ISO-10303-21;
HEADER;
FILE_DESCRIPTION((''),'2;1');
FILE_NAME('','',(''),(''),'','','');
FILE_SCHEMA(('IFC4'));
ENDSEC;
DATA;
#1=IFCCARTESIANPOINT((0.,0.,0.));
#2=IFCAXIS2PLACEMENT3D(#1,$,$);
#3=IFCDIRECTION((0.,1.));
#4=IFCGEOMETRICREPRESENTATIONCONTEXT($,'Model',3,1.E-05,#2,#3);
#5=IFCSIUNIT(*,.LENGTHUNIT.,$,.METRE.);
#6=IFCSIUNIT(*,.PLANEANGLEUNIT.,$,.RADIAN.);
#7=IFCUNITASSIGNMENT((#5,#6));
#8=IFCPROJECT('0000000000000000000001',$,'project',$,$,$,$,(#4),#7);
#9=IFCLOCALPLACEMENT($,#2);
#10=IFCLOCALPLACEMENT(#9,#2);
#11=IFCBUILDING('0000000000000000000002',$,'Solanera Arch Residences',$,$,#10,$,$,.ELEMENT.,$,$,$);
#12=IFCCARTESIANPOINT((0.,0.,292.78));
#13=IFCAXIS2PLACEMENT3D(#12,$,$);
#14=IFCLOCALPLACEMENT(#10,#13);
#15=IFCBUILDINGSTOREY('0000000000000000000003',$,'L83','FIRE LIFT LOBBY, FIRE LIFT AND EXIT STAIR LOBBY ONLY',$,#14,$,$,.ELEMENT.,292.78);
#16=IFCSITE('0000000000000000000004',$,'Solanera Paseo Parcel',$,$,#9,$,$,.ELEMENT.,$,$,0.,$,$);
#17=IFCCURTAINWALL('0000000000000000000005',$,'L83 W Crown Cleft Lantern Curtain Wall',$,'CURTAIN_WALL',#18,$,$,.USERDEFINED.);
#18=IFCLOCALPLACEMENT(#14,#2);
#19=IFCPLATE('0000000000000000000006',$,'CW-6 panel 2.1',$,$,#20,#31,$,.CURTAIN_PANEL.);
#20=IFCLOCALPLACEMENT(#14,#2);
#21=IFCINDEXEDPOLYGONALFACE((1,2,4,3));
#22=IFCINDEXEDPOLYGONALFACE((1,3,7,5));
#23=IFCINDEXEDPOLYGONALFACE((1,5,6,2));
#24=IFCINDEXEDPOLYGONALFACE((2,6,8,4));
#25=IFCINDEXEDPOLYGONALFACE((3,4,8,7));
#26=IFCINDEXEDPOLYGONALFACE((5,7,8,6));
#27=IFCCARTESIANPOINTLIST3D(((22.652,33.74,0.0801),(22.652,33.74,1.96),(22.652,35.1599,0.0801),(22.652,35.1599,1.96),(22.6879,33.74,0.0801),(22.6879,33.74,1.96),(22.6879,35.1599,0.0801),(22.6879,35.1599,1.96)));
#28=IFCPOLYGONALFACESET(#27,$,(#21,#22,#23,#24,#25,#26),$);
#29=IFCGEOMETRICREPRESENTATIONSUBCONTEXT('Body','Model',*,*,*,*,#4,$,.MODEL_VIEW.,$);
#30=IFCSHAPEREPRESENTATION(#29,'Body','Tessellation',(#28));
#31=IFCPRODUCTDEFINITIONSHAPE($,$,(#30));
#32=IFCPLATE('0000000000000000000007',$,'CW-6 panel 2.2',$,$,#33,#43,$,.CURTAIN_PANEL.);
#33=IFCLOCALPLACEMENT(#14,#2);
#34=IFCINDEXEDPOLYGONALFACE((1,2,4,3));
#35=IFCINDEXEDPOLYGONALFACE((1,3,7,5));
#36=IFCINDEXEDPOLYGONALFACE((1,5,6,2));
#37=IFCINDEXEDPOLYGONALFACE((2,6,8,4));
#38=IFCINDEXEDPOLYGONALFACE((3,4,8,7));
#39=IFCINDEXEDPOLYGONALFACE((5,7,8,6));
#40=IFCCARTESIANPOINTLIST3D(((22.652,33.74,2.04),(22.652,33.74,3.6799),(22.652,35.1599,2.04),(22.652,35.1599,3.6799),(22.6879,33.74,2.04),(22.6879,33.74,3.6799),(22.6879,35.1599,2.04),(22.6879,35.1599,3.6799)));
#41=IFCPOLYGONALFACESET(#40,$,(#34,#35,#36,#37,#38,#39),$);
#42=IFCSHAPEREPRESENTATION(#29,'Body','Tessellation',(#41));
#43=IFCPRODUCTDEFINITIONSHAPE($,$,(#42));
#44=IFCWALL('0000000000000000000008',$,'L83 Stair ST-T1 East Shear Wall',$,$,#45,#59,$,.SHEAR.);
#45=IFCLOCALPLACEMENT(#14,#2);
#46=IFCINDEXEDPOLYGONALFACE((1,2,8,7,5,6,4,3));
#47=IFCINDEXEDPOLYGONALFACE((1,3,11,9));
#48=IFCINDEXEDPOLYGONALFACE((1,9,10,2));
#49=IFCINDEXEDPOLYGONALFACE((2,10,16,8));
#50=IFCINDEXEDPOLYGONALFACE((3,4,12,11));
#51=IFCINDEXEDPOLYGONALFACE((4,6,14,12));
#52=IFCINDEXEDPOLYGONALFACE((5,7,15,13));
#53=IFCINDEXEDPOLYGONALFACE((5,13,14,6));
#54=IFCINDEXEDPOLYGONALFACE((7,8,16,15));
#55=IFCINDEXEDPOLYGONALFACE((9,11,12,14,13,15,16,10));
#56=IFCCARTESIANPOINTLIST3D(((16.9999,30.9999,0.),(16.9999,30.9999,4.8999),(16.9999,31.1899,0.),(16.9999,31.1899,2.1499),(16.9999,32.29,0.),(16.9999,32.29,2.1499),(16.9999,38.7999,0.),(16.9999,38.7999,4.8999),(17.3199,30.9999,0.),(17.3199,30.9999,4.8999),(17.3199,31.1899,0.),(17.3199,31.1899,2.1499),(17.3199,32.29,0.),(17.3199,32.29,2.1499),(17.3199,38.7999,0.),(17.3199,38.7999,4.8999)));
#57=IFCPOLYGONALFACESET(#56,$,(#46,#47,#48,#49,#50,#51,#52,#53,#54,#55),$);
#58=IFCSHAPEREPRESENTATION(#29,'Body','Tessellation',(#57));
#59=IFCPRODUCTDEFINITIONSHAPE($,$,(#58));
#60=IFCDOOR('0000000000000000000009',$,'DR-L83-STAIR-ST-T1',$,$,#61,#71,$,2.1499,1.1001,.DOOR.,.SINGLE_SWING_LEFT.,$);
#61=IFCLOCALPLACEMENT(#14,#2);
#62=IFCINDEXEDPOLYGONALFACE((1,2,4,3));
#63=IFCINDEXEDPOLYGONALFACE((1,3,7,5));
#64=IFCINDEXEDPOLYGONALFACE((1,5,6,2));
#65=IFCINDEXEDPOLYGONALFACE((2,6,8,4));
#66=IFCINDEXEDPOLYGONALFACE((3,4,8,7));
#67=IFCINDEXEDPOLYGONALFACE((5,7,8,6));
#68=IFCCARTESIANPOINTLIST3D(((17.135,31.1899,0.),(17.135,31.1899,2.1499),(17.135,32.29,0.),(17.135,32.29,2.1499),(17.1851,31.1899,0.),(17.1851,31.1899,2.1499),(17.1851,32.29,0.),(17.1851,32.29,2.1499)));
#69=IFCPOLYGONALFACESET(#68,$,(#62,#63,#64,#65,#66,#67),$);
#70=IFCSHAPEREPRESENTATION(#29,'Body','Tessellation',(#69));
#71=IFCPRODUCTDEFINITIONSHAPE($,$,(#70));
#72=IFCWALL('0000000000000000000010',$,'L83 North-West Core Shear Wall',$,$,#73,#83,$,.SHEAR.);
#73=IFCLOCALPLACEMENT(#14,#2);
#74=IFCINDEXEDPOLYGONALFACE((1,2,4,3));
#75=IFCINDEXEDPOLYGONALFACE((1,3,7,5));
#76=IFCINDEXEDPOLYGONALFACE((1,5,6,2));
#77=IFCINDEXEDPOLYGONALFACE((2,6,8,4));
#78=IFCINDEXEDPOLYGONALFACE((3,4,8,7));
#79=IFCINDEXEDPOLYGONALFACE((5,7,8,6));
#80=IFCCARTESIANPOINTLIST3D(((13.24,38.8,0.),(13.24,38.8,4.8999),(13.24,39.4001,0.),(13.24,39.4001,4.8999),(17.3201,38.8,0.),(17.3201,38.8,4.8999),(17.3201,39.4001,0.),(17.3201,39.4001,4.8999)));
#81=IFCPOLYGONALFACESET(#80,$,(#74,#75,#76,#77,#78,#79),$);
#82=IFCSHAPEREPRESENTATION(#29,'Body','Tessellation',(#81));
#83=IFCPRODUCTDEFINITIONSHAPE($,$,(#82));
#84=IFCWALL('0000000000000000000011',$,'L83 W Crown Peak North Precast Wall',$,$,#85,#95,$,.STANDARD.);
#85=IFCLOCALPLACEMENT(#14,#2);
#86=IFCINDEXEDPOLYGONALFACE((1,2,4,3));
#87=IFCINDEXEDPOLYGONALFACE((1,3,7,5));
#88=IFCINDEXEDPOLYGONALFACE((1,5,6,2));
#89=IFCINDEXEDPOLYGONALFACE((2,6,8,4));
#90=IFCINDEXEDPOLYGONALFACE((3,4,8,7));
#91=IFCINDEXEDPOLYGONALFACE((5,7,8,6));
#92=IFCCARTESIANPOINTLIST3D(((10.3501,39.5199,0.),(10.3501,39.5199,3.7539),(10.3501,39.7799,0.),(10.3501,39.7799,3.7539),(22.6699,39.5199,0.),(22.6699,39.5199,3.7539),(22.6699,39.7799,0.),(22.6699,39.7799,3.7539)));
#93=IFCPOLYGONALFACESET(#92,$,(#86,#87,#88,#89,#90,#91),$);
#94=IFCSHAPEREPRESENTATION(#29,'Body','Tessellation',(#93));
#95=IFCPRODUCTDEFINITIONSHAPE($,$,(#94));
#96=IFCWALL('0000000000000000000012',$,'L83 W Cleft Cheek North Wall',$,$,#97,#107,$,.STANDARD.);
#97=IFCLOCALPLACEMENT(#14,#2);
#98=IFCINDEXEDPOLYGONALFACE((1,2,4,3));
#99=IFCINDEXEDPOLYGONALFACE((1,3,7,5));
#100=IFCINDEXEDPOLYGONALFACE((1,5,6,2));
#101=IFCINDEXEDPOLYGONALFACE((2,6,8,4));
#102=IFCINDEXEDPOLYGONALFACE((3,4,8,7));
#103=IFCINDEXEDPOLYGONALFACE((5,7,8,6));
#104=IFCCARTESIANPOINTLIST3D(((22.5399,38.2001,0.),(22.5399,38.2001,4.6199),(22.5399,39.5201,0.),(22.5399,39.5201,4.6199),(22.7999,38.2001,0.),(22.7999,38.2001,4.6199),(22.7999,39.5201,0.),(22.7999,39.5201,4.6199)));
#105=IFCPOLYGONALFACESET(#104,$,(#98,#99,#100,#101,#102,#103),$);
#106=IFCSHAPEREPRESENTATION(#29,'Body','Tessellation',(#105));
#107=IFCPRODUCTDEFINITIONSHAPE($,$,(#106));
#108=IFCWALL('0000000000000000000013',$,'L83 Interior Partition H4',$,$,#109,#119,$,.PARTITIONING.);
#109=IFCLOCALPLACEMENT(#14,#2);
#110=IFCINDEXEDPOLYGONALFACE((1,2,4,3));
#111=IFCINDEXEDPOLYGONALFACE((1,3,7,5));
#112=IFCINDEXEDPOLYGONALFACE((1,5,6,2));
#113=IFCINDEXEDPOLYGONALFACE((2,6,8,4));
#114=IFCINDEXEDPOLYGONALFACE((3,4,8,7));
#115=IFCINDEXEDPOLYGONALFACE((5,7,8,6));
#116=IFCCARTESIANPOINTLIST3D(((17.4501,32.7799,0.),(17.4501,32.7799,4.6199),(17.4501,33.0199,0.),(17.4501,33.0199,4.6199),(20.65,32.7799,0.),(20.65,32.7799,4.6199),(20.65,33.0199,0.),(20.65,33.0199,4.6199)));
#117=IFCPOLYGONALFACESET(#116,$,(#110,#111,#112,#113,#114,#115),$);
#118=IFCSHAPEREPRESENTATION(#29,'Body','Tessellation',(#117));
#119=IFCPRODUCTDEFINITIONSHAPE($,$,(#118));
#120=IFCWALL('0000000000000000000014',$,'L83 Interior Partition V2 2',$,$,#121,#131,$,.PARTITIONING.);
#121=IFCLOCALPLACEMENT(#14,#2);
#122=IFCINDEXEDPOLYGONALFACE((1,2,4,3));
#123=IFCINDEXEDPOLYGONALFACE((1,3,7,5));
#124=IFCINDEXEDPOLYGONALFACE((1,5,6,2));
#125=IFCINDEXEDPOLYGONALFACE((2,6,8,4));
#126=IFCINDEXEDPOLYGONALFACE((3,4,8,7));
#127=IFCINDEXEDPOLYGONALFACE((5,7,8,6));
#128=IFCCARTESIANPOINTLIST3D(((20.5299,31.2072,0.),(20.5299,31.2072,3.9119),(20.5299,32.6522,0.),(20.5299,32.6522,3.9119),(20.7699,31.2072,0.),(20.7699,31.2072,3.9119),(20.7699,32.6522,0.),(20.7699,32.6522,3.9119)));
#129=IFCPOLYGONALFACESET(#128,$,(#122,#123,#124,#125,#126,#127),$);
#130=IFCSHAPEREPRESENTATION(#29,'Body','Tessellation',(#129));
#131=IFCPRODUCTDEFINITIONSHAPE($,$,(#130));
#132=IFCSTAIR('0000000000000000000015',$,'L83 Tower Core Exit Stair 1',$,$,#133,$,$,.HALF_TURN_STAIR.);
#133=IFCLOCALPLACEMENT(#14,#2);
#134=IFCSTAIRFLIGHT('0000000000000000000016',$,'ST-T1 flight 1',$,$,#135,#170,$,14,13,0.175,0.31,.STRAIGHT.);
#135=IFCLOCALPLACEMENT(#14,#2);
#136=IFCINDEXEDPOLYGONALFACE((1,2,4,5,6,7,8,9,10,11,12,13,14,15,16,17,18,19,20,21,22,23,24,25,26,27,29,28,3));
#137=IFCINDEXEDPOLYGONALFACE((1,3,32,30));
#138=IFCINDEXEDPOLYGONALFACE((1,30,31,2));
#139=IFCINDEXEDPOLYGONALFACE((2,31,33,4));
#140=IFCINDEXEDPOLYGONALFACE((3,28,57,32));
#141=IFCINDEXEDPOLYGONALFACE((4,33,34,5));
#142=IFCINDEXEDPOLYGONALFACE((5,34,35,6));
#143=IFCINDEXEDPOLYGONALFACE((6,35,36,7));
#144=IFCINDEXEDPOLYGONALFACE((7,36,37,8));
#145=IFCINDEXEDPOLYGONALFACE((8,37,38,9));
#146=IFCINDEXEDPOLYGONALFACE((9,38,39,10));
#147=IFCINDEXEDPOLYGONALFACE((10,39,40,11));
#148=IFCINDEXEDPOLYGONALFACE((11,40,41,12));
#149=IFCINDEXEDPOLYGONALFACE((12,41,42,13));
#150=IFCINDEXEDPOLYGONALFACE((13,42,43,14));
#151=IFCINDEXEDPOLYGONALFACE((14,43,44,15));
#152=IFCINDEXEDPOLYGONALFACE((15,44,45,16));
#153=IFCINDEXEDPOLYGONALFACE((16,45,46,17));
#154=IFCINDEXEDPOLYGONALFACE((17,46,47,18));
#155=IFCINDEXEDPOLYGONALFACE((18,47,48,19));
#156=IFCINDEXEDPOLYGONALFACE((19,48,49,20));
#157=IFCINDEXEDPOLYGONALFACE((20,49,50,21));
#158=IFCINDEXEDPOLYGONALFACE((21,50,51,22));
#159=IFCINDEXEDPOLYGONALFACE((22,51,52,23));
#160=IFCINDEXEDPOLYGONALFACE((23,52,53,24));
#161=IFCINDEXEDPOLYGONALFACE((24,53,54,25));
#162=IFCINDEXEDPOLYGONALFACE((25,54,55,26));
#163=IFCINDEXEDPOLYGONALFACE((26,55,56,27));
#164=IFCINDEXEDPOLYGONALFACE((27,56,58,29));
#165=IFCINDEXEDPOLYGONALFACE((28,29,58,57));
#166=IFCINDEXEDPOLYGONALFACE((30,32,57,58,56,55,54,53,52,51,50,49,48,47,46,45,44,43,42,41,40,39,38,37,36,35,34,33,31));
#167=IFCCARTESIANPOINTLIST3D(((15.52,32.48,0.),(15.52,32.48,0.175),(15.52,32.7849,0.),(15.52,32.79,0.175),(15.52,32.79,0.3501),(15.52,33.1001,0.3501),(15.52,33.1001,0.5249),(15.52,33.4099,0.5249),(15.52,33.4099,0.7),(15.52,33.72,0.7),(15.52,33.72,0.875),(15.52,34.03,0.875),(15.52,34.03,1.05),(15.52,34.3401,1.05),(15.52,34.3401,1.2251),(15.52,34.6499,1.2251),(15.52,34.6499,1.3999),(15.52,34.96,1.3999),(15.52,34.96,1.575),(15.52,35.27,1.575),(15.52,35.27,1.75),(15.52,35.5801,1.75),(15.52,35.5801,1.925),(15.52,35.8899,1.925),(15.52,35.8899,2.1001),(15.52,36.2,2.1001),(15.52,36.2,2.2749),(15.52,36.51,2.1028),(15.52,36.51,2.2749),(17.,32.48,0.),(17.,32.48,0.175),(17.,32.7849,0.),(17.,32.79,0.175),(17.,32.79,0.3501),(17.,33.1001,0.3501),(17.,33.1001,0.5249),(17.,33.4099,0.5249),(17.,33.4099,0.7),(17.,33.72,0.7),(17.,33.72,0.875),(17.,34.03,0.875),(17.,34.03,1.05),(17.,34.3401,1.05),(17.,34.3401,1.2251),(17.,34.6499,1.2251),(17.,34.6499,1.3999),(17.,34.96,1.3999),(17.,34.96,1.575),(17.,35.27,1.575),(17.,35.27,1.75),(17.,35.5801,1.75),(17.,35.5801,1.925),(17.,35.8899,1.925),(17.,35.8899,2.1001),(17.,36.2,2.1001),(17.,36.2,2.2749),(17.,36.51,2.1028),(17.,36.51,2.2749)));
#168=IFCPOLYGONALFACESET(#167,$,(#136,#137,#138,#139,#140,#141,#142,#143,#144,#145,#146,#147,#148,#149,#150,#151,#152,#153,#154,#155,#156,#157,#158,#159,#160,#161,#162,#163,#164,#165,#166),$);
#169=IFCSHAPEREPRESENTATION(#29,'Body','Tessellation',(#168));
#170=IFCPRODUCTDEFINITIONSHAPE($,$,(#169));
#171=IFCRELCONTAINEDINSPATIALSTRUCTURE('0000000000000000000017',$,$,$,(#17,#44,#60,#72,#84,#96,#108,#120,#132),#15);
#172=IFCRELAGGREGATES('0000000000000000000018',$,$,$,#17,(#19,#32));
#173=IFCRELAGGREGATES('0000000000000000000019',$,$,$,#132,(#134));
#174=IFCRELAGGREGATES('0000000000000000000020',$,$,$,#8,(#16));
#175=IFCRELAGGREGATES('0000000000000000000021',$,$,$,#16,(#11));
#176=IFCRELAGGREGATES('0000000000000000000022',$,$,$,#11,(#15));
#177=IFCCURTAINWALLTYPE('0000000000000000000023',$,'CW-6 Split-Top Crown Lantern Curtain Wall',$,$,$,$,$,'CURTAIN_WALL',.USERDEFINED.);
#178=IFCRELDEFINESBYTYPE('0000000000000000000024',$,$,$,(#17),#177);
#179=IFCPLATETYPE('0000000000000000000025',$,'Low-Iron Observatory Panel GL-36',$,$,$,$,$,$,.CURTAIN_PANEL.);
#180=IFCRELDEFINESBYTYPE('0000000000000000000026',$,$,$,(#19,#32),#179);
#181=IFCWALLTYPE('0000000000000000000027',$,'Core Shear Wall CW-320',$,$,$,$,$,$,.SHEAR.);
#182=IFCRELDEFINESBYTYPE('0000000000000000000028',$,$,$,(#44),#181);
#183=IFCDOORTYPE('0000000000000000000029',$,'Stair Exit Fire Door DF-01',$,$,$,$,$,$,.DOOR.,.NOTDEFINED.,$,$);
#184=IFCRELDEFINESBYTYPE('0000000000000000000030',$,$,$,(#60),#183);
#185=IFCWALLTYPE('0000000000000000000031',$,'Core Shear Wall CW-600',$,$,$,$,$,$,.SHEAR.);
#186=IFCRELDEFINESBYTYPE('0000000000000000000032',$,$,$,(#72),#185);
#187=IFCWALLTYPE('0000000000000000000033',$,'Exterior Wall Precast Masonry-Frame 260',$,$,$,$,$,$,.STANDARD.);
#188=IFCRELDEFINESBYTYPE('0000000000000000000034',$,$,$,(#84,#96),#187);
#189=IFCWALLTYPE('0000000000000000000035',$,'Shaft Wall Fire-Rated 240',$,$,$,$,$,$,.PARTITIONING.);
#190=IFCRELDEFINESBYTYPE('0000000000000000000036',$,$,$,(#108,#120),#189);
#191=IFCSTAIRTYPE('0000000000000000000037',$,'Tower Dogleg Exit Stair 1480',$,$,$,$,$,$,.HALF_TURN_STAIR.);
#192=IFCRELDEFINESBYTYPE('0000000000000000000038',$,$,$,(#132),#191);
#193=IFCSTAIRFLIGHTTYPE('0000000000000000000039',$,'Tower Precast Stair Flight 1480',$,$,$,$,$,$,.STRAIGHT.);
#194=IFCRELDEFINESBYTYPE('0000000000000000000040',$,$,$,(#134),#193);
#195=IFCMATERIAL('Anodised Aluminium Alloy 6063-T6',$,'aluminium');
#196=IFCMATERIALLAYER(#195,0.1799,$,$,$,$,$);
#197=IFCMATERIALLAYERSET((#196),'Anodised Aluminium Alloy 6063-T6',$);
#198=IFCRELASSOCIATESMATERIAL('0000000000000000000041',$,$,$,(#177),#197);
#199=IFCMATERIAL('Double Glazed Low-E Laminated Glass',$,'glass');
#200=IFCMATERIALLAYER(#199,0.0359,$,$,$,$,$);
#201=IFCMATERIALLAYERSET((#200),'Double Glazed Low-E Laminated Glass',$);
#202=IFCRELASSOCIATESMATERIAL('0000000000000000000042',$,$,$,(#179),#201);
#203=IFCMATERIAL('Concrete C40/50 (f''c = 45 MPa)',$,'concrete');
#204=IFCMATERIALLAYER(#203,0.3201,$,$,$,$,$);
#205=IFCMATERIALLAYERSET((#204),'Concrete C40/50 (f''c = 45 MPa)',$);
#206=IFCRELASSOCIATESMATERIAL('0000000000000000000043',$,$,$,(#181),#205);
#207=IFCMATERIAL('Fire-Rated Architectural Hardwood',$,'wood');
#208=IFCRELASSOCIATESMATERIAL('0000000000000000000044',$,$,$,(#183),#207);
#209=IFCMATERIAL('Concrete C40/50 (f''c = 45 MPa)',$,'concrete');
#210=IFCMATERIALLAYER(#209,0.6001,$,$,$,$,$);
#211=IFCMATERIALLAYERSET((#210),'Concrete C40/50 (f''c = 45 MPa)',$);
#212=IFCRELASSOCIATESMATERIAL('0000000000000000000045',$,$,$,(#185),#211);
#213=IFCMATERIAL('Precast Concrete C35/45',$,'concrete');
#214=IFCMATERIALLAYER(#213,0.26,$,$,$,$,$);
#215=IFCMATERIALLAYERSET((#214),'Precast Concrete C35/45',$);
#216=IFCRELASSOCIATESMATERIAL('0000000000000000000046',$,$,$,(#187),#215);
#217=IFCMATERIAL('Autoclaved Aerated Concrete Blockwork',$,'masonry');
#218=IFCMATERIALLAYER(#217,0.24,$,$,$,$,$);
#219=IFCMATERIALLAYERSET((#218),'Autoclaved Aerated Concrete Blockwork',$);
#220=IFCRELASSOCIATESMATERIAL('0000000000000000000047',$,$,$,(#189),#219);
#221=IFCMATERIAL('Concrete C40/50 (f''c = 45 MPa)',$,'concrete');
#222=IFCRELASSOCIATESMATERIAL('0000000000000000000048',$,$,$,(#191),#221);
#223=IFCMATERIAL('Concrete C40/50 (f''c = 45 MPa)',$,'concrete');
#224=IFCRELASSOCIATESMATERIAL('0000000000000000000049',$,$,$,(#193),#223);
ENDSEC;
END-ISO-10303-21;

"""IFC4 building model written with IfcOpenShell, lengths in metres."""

from ifc_helpers import new_model, si_unit, direction, frame, frame_2d, origin, origin_2d, place, context, subcontext, project, spatial, polyline, rectangle, outline, extrude, material, layer, layer_set, type_object, element, fill, aggregate, save


model = new_model("IFC4")

# Units and contexts
model_context = context("Model", 3, precision=1e-05, world=origin(), true_north=direction((0.0, 1.0)))
body_context = subcontext(model_context, "Body", "Model", "MODEL_VIEW")
ifc_project = project(units=[si_unit("LENGTHUNIT", "METRE"), si_unit("PLANEANGLEUNIT", "RADIAN")], contexts=[model_context])

# Site, building, storey
site_placement = place(None, origin())
site = spatial("IfcSite", under=ifc_project, at=site_placement, Name="Solanera Paseo Parcel", CompositionType="ELEMENT", RefElevation=0.0)
building_placement = place(site_placement, origin())
building = spatial("IfcBuilding", under=site, at=building_placement, Name="Solanera Arch Residences", CompositionType="ELEMENT")
storey_placement = place(building_placement, frame((0.0, 0.0, 292.78)))
storey = spatial("IfcBuildingStorey", under=building, at=storey_placement, Name="L83", Description="FIRE LIFT LOBBY, FIRE LIFT AND EXIT STAIR LOBBY ONLY", CompositionType="ELEMENT", Elevation=292.78)

# Curtain wall
ifc_material_1 = material(Name="Anodised Aluminium Alloy 6063-T6", Category="aluminium")
ifc_layer_1 = layer(ifc_material_1, 0.1799)
ifc_layer_set_1 = layer_set([ifc_layer_1], Name="Anodised Aluminium Alloy 6063-T6")
curtain_wall_type = type_object("IfcCurtainWallType", Name="CW-6 Split-Top Crown Lantern Curtain Wall", ElementType="CURTAIN_WALL", PredefinedType="USERDEFINED", material=ifc_layer_set_1)
curtain_wall_placement = place(storey_placement, origin())
curtain_wall = element("IfcCurtainWall", 1, at=curtain_wall_placement, inside=storey, type_object=curtain_wall_type, Name="L83 W Crown Cleft Lantern Curtain Wall", ObjectType="CURTAIN_WALL", PredefinedType="USERDEFINED")

# Plates
ifc_material_2 = material(Name="Double Glazed Low-E Laminated Glass", Category="glass")
ifc_layer_2 = layer(ifc_material_2, 0.0359)
ifc_layer_set_2 = layer_set([ifc_layer_2], Name="Double Glazed Low-E Laminated Glass")
plate_type = type_object("IfcPlateType", Name="Low-Iron Observatory Panel GL-36", PredefinedType="CURTAIN_PANEL", material=ifc_layer_set_2)
plate_1_placement = place(storey_placement, frame((22.6699, 34.45, 0.0801), z_axis=(0.0, 0.0, 1.0), x_axis=(0.0, 1.0, 0.0)))
plate_1 = element("IfcPlate", 2, at=plate_1_placement, type_object=plate_type, Name="CW-6 panel 2.1", PredefinedType="CURTAIN_PANEL", context=body_context, shape_type="SweptSolid", body=[
    extrude(rectangle(XDim=1.4199, YDim=0.0359, at=origin_2d()), origin(), (0.0, 0.0, 1.0), 1.8799),
])
plate_2_placement = place(storey_placement, frame((22.6699, 34.45, 2.04), z_axis=(0.0, 0.0, 1.0), x_axis=(0.0, 1.0, 0.0)))
plate_2 = element("IfcPlate", 3, at=plate_2_placement, type_object=plate_type, Name="CW-6 panel 2.2", PredefinedType="CURTAIN_PANEL", context=body_context, shape_type="SweptSolid", body=[
    extrude(rectangle(XDim=1.4199, YDim=0.0359, at=origin_2d()), origin(), (0.0, 0.0, 1.0), 1.6399),
])
aggregate(curtain_wall, [plate_1, plate_2])

# Wall, opening, door
ifc_material_3 = material(Name="Concrete C40/50 (f'c = 45 MPa)", Category="concrete")
ifc_layer_3 = layer(ifc_material_3, 0.3201)
ifc_layer_set_3 = layer_set([ifc_layer_3], Name="Concrete C40/50 (f'c = 45 MPa)")
wall_type_1 = type_object("IfcWallType", Name="Core Shear Wall CW-320", PredefinedType="SHEAR", material=ifc_layer_set_3)
wall_1_placement = place(storey_placement, frame((17.1599, 31.0, 0.0), z_axis=(0.0, 0.0, 1.0), x_axis=(0.0, 1.0, 0.0)))
wall_1 = element("IfcWall", 4, at=wall_1_placement, inside=storey, type_object=wall_type_1, Name="L83 Stair ST-T1 East Shear Wall", PredefinedType="SHEAR", context=body_context, shape_type="SweptSolid", body=[
    extrude(rectangle(XDim=7.8, YDim=0.3201, at=frame_2d((3.8999, 0.0))), origin(), (0.0, 0.0, 1.0), 4.8999),
])
opening_placement = place(wall_1_placement, frame((0.1899, 0.0, 0.0)))
opening = element("IfcOpeningElement", 5, at=opening_placement, cuts=wall_1, PredefinedType="OPENING", context=body_context, shape_type="SweptSolid", body=[
    extrude(rectangle(XDim=1.1001, YDim=2.1499, at=frame_2d((0.55, 1.075))), frame((0.0, 0.1699, 0.0), z_axis=(0.0, -1.0, 0.0), x_axis=(1.0, 0.0, 0.0)), (0.0, 0.0, 1.0), 0.3401),
])
ifc_material_4 = material(Name="Fire-Rated Architectural Hardwood", Category="wood")
door_type = type_object("IfcDoorType", Name="Stair Exit Fire Door DF-01", OperationType="NOTDEFINED", PredefinedType="DOOR", material=ifc_material_4)
door_placement = place(opening_placement, origin())
door = element("IfcDoor", 6, at=door_placement, inside=storey, type_object=door_type, Name="DR-L83-STAIR-ST-T1", OperationType="SINGLE_SWING_LEFT", OverallHeight=2.1499, OverallWidth=1.1001, PredefinedType="DOOR", context=body_context, shape_type="SweptSolid", body=[
    extrude(rectangle(XDim=1.1001, YDim=2.1499, at=frame_2d((0.55, 1.075))), frame((0.0, 0.0249, 0.0), z_axis=(0.0, -1.0, 0.0), x_axis=(1.0, 0.0, 0.0)), (0.0, 0.0, 1.0), 0.05),
])
fill(opening, door)

# Walls
ifc_material_5 = material(Name="Concrete C40/50 (f'c = 45 MPa)", Category="concrete")
ifc_layer_4 = layer(ifc_material_5, 0.6001)
ifc_layer_set_4 = layer_set([ifc_layer_4], Name="Concrete C40/50 (f'c = 45 MPa)")
wall_type_2 = type_object("IfcWallType", Name="Core Shear Wall CW-600", PredefinedType="SHEAR", material=ifc_layer_set_4)
wall_2_placement = place(storey_placement, frame((13.24, 39.1001, 0.0), z_axis=(0.0, 0.0, 1.0), x_axis=(1.0, 0.0, 0.0)))
element("IfcWall", 7, at=wall_2_placement, inside=storey, type_object=wall_type_2, Name="L83 North-West Core Shear Wall", PredefinedType="SHEAR", context=body_context, shape_type="SweptSolid", body=[
    extrude(rectangle(XDim=4.0801, YDim=0.6001, at=frame_2d((2.04, 0.0))), origin(), (0.0, 0.0, 1.0), 4.8999),
])
ifc_material_6 = material(Name="Precast Concrete C35/45", Category="concrete")
ifc_layer_5 = layer(ifc_material_6, 0.26)
ifc_layer_set_5 = layer_set([ifc_layer_5], Name="Precast Concrete C35/45")
wall_type_3 = type_object("IfcWallType", Name="Exterior Wall Precast Masonry-Frame 260", PredefinedType="STANDARD", material=ifc_layer_set_5)
wall_3_placement = place(storey_placement, frame((10.3501, 39.6499, 0.0), z_axis=(0.0, 0.0, 1.0), x_axis=(1.0, 0.0, 0.0)))
element("IfcWall", 8, at=wall_3_placement, inside=storey, type_object=wall_type_3, Name="L83 W Crown Peak North Precast Wall", PredefinedType="STANDARD", context=body_context, shape_type="SweptSolid", body=[
    extrude(rectangle(XDim=12.3198, YDim=0.26, at=frame_2d((6.1599, 0.0))), origin(), (0.0, 0.0, 1.0), 3.7539),
])
wall_4_placement = place(storey_placement, frame((22.6699, 38.2, 0.0), z_axis=(0.0, 0.0, 1.0), x_axis=(0.0, 1.0, 0.0)))
element("IfcWall", 9, at=wall_4_placement, inside=storey, type_object=wall_type_3, Name="L83 W Cleft Cheek North Wall", PredefinedType="STANDARD", context=body_context, shape_type="SweptSolid", body=[
    extrude(rectangle(XDim=1.3201, YDim=0.26, at=frame_2d((0.6602, 0.0))), origin(), (0.0, 0.0, 1.0), 4.6199),
])
ifc_material_7 = material(Name="Autoclaved Aerated Concrete Blockwork", Category="masonry")
ifc_layer_6 = layer(ifc_material_7, 0.24)
ifc_layer_set_6 = layer_set([ifc_layer_6], Name="Autoclaved Aerated Concrete Blockwork")
wall_type_4 = type_object("IfcWallType", Name="Shaft Wall Fire-Rated 240", PredefinedType="PARTITIONING", material=ifc_layer_set_6)
wall_5_placement = place(storey_placement, frame((17.45, 32.8999, 0.0), z_axis=(0.0, 0.0, 1.0), x_axis=(1.0, 0.0, 0.0)))
element("IfcWall", 10, at=wall_5_placement, inside=storey, type_object=wall_type_4, Name="L83 Interior Partition H4", PredefinedType="PARTITIONING", context=body_context, shape_type="SweptSolid", body=[
    extrude(rectangle(XDim=3.2, YDim=0.24, at=frame_2d((1.6001, 0.0))), origin(), (0.0, 0.0, 1.0), 4.6199),
])
wall_6_placement = place(storey_placement, frame((20.6499, 31.207, 0.0), z_axis=(0.0, 0.0, 1.0), x_axis=(0.0, 1.0, 0.0)))
element("IfcWall", 11, at=wall_6_placement, inside=storey, type_object=wall_type_4, Name="L83 Interior Partition V2 2", PredefinedType="PARTITIONING", context=body_context, shape_type="SweptSolid", body=[
    extrude(rectangle(XDim=1.4451, YDim=0.24, at=frame_2d((0.7227, 0.0))), origin(), (0.0, 0.0, 1.0), 3.9119),
])

# Stair, stair flight
ifc_material_8 = material(Name="Concrete C40/50 (f'c = 45 MPa)", Category="concrete")
stair_type = type_object("IfcStairType", Name="Tower Dogleg Exit Stair 1480", PredefinedType="HALF_TURN_STAIR", material=ifc_material_8)
stair_placement = place(storey_placement, origin())
stair = element("IfcStair", 12, at=stair_placement, inside=storey, type_object=stair_type, Name="L83 Tower Core Exit Stair 1", PredefinedType="HALF_TURN_STAIR")
ifc_material_9 = material(Name="Concrete C40/50 (f'c = 45 MPa)", Category="concrete")
stair_flight_type = type_object("IfcStairFlightType", Name="Tower Precast Stair Flight 1480", PredefinedType="STRAIGHT", material=ifc_material_9)
stair_flight_1_placement = place(storey_placement, frame((16.26, 32.48, 0.0), z_axis=(0.0, 0.0, 1.0), x_axis=(0.0, 1.0, 0.0)))
stair_flight_1 = element("IfcStairFlight", 13, at=stair_flight_1_placement, type_object=stair_flight_type, Name="ST-T1 flight 1", NumberOfRisers=14, NumberOfTreads=13, PredefinedType="STRAIGHT", RiserHeight=0.175, TreadLength=0.31, context=body_context, shape_type="SweptSolid", body=[
    extrude(outline(polyline([(0.0, 0.0), (0.0, 0.175), (0.3101, 0.175), (0.3101, 0.3501), (0.6201, 0.3501), (0.6201, 0.5249), (0.9299, 0.5249), (0.9299, 0.7), (1.24, 0.7), (1.24, 0.875), (1.55, 0.875), (1.55, 1.05), (1.8601, 1.05), (1.8601, 1.2251), (2.1699, 1.2251), (2.1699, 1.3999), (2.48, 1.3999), (2.48, 1.575), (2.79, 1.575), (2.79, 1.75), (3.1001, 1.75), (3.1001, 1.925), (3.4099, 1.925), (3.4099, 2.1001), (3.72, 2.1001), (3.72, 2.2749), (4.03, 2.2749), (4.03, 2.45), (4.03, 2.1028), (0.3049, 0.0), (0.0, 0.0)])), frame((0.0, 0.74, 0.0), z_axis=(0.0, -1.0, 0.0), x_axis=(1.0, 0.0, 0.0)), (0.0, 0.0, 1.0), 1.48),
])
aggregate(stair, [stair_flight_1])

save(model, "model.ifc")
